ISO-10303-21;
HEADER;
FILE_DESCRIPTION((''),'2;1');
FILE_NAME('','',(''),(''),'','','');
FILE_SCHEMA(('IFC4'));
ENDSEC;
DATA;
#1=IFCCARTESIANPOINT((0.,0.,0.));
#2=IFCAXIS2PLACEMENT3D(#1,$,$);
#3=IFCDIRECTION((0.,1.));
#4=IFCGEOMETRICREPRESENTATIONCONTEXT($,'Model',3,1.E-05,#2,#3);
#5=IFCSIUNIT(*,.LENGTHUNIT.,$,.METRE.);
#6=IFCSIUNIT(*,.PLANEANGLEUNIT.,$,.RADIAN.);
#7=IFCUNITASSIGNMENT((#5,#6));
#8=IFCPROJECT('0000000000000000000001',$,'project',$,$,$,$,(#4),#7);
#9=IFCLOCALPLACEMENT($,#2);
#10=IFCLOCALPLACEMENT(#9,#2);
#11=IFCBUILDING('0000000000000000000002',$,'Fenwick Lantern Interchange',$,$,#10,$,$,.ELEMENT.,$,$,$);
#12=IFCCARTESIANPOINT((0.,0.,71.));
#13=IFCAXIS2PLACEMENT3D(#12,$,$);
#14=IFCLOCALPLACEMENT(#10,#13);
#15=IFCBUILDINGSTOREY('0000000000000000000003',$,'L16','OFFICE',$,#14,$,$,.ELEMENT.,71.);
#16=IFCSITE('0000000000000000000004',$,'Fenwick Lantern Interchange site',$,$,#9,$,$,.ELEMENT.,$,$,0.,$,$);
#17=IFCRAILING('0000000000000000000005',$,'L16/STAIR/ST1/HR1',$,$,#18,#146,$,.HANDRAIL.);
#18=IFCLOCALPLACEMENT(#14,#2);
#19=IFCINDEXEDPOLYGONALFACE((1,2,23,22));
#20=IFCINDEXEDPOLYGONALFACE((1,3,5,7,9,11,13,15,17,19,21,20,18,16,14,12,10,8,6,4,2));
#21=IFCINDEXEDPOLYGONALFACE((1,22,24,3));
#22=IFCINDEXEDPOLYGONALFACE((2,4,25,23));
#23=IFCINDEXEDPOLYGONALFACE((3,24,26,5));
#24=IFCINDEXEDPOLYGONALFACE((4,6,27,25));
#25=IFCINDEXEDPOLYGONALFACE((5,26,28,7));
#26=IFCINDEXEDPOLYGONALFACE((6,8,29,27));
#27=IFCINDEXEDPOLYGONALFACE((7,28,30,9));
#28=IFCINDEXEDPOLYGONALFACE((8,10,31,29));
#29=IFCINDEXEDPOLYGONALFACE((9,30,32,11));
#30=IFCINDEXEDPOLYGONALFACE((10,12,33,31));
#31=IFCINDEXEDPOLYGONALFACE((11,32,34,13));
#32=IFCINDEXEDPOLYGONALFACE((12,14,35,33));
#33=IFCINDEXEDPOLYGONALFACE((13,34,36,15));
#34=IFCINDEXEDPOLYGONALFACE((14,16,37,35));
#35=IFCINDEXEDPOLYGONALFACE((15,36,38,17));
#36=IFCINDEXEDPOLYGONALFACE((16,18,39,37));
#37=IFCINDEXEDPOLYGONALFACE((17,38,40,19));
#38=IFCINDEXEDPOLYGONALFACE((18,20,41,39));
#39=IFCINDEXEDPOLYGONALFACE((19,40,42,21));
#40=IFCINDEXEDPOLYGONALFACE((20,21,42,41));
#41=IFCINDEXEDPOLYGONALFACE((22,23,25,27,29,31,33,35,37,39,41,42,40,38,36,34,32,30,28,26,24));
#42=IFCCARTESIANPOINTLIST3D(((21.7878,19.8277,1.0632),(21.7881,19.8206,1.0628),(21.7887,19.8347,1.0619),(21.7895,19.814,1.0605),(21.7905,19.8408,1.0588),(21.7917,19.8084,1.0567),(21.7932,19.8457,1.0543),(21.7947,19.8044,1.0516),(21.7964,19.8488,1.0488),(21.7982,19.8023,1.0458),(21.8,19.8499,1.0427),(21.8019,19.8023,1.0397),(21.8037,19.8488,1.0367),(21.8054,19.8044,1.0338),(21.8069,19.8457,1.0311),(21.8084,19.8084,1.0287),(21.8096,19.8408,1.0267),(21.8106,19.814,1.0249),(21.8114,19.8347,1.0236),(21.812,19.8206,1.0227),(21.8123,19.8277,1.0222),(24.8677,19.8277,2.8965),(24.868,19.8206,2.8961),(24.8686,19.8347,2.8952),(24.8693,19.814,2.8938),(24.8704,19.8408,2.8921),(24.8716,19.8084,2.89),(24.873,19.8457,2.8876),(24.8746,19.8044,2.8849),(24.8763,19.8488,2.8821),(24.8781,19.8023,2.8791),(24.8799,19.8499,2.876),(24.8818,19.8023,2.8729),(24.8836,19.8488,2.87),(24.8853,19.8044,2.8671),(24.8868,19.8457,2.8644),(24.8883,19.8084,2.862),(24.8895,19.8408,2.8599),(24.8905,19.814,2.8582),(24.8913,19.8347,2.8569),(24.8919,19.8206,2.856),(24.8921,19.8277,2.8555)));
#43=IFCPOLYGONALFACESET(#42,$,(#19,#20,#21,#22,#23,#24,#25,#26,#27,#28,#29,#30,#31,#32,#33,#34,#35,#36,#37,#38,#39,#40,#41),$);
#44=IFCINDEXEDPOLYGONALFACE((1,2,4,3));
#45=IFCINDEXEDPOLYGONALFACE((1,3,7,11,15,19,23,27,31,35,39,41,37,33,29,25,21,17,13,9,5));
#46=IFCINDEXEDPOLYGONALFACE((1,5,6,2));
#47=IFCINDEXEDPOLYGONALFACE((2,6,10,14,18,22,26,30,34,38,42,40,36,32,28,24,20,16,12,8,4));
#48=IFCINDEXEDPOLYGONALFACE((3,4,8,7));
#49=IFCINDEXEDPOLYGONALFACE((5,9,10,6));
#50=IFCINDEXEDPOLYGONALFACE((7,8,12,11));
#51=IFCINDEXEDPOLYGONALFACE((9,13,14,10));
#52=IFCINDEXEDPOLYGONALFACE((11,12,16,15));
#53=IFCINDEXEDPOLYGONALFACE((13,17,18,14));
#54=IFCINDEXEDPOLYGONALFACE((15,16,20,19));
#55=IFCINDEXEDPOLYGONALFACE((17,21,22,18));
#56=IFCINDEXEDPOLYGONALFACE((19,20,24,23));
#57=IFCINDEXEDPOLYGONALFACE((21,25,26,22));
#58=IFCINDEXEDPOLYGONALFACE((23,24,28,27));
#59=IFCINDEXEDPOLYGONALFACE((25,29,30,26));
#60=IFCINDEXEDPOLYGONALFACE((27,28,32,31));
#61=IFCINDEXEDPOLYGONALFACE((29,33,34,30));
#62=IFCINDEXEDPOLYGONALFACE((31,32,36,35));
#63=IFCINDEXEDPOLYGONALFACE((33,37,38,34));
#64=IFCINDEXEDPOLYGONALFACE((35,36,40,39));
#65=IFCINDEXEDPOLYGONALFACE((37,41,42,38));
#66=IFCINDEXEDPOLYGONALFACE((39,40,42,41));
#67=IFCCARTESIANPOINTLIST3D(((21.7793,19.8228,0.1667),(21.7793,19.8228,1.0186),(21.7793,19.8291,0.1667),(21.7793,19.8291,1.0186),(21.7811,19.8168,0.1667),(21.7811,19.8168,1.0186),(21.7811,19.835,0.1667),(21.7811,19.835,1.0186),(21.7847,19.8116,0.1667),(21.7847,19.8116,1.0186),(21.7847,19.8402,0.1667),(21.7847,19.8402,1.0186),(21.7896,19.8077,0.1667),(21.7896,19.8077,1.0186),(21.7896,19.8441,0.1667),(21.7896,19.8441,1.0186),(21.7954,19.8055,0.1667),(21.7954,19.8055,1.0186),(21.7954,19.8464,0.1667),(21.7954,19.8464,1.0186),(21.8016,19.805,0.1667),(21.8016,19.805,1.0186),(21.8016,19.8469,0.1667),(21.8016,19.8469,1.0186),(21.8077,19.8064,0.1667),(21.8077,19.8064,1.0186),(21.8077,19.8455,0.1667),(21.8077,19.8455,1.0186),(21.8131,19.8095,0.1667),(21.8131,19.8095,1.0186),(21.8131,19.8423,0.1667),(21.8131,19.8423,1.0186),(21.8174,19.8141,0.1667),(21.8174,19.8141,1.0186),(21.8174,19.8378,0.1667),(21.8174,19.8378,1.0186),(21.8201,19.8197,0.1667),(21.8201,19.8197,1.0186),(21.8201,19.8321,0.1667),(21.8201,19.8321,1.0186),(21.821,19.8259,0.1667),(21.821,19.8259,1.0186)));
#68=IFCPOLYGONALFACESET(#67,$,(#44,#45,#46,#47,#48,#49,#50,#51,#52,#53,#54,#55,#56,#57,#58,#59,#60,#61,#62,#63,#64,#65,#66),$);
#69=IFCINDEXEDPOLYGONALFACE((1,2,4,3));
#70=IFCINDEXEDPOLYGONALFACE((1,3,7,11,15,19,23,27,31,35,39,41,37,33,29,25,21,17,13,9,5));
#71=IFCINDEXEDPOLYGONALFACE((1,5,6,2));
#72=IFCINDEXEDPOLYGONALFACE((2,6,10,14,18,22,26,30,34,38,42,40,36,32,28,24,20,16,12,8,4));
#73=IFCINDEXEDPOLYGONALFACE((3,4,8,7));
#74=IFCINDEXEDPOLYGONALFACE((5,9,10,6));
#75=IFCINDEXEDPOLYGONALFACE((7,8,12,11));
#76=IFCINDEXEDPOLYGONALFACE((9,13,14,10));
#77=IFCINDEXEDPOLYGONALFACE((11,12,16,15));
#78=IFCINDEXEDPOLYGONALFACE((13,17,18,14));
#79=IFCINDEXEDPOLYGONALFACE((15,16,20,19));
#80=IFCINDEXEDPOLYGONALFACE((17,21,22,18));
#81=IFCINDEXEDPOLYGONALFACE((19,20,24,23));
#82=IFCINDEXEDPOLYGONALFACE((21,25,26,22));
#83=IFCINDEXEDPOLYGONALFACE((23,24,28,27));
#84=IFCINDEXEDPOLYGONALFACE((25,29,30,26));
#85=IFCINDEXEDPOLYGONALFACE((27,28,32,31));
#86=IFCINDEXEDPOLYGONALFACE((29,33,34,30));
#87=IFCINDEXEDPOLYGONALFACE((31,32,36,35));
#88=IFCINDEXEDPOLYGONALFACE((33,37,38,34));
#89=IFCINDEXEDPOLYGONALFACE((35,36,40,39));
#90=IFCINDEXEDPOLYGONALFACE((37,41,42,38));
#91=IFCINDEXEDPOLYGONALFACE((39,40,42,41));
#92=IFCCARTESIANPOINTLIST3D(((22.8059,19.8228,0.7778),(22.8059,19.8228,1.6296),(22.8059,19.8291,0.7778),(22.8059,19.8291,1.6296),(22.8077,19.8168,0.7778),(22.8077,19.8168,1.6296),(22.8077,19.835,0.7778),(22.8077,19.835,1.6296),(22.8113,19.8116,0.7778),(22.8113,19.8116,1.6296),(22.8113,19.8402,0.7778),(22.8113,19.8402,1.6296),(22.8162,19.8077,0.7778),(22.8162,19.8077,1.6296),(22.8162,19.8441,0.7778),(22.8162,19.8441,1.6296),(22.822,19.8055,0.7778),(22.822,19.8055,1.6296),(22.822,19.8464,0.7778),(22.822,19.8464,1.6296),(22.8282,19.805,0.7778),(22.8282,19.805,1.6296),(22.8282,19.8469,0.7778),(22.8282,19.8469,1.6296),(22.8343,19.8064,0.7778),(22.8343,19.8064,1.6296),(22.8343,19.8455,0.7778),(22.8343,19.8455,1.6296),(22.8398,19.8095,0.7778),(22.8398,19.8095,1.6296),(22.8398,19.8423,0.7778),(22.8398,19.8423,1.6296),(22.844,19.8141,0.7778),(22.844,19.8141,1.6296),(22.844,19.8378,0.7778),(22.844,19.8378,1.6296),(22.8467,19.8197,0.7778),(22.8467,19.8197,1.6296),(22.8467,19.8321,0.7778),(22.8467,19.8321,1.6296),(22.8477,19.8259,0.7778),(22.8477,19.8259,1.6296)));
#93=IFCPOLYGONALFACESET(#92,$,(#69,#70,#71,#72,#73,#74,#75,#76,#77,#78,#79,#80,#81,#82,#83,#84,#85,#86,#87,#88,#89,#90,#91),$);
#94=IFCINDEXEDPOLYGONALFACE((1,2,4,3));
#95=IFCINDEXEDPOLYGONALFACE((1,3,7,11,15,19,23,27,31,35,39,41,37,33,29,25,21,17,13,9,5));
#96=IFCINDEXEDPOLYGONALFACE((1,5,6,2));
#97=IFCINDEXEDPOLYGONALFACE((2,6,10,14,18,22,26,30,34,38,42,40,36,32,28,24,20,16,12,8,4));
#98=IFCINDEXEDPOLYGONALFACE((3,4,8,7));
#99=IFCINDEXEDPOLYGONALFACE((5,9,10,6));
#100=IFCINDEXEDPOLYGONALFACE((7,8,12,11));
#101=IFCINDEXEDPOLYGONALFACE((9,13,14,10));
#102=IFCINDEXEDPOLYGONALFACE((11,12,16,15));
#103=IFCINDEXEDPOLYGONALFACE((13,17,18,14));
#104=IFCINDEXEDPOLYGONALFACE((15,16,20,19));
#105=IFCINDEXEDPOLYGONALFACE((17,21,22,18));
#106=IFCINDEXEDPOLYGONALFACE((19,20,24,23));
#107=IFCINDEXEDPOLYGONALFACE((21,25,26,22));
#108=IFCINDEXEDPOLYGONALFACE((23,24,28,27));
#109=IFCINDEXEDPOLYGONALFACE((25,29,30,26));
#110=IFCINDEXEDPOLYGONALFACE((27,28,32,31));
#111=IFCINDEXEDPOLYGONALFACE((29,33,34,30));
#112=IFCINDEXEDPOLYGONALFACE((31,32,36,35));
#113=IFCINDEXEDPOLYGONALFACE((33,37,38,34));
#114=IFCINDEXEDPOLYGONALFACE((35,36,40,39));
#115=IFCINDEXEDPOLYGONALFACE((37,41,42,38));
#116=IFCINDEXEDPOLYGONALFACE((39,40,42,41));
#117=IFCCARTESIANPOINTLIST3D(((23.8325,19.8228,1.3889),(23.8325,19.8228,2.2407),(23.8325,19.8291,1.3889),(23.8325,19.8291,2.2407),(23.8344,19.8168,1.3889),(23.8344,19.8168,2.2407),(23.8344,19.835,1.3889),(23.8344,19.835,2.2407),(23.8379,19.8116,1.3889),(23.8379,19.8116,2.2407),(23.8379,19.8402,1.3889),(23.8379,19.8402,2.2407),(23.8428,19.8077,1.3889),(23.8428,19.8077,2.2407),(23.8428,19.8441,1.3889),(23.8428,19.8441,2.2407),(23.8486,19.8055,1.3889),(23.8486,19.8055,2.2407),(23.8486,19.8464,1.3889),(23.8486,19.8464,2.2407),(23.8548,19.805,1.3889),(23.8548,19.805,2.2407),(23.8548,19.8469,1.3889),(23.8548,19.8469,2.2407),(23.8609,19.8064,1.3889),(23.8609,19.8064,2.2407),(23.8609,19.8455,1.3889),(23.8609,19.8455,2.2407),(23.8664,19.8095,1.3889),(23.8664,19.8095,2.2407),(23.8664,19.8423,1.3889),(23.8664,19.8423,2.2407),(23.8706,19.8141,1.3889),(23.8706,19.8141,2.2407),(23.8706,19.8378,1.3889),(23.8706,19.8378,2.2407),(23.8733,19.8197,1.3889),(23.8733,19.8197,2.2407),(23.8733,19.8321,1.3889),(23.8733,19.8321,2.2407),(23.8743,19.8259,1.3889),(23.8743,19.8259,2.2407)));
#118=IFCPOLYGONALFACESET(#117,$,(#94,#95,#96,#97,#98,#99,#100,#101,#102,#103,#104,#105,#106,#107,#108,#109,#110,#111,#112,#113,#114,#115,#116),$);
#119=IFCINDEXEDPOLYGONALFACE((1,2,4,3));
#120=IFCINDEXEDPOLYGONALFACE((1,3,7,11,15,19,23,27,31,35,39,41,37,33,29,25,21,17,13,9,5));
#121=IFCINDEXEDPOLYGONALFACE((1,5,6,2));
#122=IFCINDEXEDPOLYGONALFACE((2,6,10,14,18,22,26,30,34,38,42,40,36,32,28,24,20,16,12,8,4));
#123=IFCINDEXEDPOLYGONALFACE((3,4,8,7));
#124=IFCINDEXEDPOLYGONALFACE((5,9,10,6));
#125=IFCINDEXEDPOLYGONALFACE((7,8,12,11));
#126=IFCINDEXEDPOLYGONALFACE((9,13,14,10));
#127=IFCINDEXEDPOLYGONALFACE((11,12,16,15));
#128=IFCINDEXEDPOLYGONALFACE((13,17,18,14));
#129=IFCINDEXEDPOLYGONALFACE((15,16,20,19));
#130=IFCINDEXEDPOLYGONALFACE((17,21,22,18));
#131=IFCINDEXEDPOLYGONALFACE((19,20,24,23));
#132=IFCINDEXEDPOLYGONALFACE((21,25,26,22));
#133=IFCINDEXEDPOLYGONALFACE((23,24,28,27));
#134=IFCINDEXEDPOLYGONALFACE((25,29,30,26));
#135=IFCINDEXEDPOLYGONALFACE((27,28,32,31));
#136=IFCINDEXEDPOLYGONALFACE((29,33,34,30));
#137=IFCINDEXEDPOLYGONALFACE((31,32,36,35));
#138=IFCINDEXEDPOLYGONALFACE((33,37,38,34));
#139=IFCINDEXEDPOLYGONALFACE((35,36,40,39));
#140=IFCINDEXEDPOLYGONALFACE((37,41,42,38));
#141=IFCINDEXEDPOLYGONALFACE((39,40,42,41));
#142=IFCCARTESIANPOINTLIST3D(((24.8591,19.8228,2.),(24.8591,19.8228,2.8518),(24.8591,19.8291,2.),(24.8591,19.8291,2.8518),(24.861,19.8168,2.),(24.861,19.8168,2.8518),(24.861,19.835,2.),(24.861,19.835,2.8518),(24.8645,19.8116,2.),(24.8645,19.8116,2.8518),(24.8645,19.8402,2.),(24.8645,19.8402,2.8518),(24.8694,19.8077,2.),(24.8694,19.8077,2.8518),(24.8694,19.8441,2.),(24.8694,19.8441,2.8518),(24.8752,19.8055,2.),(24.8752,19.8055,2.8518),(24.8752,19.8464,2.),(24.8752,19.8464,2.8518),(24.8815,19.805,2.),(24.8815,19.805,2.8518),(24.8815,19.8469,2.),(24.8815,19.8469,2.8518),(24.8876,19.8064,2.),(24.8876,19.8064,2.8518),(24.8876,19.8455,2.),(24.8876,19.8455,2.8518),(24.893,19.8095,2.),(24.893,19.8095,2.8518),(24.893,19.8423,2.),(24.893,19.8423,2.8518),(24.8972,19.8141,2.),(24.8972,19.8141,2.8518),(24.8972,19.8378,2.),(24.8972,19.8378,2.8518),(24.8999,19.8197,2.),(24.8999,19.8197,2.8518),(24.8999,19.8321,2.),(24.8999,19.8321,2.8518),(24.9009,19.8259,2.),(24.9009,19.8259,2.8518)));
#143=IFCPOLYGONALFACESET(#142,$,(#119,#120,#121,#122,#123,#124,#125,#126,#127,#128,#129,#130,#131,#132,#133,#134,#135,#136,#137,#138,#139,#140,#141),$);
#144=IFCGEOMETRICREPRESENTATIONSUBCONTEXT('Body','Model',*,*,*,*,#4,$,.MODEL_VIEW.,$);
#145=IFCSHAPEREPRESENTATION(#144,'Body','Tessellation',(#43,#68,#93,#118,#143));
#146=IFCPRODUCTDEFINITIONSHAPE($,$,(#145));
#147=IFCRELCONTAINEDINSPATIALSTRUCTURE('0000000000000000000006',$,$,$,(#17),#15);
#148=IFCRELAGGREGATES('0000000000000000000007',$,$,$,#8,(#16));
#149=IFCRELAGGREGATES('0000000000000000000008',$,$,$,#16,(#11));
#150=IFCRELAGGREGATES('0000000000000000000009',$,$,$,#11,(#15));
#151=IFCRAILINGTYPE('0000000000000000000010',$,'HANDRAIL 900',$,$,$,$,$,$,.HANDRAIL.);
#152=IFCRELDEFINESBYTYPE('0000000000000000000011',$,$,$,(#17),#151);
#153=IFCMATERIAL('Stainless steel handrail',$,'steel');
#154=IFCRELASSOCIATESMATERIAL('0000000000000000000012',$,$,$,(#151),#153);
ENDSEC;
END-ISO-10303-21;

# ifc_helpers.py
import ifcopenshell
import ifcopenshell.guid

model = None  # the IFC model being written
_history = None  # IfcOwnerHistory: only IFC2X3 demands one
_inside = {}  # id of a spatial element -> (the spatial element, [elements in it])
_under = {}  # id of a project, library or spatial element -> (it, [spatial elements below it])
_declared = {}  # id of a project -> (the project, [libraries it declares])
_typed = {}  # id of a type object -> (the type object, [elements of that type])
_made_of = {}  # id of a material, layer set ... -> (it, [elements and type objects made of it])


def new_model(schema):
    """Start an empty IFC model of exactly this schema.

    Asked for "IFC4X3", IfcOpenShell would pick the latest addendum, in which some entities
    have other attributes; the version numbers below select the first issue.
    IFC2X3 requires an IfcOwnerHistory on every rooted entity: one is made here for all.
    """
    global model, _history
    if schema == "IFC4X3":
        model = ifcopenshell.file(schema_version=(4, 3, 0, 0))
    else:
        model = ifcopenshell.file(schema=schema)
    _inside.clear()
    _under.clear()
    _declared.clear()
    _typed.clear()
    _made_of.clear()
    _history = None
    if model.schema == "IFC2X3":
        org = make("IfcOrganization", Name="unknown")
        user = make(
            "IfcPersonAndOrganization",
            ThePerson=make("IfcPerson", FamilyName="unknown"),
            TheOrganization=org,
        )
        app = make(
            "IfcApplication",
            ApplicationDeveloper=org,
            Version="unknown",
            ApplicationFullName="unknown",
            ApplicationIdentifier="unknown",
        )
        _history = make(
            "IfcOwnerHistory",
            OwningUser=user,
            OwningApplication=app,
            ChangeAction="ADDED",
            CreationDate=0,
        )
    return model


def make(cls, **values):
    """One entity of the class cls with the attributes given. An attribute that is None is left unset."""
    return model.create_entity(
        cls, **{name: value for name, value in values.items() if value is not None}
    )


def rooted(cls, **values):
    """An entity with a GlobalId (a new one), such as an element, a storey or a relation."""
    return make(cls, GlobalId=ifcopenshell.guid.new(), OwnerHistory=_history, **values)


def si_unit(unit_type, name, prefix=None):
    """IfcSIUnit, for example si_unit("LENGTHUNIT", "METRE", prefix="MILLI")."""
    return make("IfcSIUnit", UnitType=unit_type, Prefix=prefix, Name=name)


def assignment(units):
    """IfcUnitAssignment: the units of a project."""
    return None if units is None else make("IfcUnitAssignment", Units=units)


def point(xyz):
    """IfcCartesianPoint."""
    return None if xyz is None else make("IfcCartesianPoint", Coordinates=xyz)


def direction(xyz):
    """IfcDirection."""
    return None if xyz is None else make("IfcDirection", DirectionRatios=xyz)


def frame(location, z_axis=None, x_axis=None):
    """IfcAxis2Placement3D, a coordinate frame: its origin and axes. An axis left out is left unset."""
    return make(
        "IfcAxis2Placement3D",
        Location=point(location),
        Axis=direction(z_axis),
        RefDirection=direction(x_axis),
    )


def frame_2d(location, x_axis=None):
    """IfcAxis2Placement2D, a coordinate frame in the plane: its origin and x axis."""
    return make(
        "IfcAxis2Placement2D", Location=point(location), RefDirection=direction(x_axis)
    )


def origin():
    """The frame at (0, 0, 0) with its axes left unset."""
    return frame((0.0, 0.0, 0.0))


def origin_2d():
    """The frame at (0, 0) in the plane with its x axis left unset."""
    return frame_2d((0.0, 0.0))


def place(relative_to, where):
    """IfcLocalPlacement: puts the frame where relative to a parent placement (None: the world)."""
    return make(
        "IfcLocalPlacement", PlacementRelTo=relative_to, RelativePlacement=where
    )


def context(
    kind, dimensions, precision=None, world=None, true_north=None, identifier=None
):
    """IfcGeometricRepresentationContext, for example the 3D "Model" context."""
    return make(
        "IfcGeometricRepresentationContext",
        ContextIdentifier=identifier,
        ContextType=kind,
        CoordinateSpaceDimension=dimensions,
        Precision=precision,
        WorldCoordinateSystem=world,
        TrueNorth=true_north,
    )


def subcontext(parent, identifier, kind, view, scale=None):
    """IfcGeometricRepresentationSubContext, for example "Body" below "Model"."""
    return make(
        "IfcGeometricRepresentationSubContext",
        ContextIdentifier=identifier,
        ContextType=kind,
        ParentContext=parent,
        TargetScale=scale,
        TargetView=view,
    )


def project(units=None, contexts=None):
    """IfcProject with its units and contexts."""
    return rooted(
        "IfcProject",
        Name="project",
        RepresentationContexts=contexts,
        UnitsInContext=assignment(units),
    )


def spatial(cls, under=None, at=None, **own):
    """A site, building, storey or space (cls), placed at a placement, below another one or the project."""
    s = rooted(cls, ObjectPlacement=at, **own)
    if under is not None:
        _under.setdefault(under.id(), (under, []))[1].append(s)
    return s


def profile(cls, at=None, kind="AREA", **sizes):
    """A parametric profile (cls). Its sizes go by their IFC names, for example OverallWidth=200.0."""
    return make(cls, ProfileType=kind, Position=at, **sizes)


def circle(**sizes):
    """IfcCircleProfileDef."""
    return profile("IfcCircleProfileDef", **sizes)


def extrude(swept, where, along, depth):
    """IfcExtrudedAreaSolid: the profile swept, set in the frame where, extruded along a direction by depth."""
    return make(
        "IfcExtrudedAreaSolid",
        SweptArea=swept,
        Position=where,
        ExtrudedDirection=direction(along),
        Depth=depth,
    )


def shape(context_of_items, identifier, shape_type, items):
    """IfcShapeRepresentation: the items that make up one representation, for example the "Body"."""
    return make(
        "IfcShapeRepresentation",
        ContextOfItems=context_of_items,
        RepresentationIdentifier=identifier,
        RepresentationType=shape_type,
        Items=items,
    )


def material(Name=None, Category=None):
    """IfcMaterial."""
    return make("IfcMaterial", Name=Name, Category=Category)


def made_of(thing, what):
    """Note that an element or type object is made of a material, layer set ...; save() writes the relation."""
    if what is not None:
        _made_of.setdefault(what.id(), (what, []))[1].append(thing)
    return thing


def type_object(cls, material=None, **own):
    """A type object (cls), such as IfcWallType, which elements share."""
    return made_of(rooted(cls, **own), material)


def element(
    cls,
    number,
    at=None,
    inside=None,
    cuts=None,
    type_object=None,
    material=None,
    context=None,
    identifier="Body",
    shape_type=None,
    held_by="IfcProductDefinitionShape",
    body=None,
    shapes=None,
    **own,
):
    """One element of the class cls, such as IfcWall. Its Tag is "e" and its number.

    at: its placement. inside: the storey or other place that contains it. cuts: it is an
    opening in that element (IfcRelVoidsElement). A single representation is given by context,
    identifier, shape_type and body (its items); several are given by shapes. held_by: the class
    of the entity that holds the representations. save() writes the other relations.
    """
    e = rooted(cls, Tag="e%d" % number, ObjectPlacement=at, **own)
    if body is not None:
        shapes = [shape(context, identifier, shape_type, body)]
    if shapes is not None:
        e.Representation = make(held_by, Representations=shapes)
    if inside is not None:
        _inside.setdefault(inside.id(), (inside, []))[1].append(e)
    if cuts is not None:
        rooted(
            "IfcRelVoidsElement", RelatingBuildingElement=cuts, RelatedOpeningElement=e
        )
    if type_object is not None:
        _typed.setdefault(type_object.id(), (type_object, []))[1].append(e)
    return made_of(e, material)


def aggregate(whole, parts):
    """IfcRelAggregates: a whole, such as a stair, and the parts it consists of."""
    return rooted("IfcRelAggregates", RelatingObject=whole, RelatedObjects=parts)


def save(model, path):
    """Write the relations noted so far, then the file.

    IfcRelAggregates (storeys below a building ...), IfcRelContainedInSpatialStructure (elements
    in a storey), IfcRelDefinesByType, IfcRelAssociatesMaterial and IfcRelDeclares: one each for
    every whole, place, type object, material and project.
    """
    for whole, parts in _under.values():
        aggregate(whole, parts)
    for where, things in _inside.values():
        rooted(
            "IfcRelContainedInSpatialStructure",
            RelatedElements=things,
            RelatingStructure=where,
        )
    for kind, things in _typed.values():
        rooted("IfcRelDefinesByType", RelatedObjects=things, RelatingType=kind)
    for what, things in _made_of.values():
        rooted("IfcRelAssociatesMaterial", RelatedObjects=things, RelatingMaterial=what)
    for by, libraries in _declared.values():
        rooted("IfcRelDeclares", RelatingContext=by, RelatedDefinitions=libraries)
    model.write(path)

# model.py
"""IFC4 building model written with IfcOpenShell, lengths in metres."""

from ifc_helpers import new_model, si_unit, direction, frame, origin, origin_2d, place, context, subcontext, project, spatial, circle, extrude, material, type_object, element, save


model = new_model("IFC4")

# Units and contexts
model_context = context("Model", 3, precision=1e-05, world=origin(), true_north=direction((0.0, 1.0)))
body_context = subcontext(model_context, "Body", "Model", "MODEL_VIEW")
ifc_project = project(units=[si_unit("LENGTHUNIT", "METRE"), si_unit("PLANEANGLEUNIT", "RADIAN")], contexts=[model_context])

# Site, building, storey
site_placement = place(None, origin())
site = spatial("IfcSite", under=ifc_project, at=site_placement, Name="Fenwick Lantern Interchange site", CompositionType="ELEMENT", RefElevation=0.0)
building_placement = place(site_placement, origin())
building = spatial("IfcBuilding", under=site, at=building_placement, Name="Fenwick Lantern Interchange", CompositionType="ELEMENT")
storey_placement = place(building_placement, frame((0.0, 0.0, 71.0)))
storey = spatial("IfcBuildingStorey", under=building, at=storey_placement, Name="L16", Description="OFFICE", CompositionType="ELEMENT", Elevation=71.0)

# Railing
ifc_material_1 = material(Name="Stainless steel handrail", Category="steel")
railing_type = type_object("IfcRailingType", Name="HANDRAIL 900", PredefinedType="HANDRAIL", material=ifc_material_1)
railing_1_placement = place(storey_placement, frame((21.8, 19.8259, 0.1667)))
element("IfcRailing", 1, at=railing_1_placement, inside=storey, type_object=railing_type, Name="L16/STAIR/ST1/HR1", PredefinedType="HANDRAIL", context=body_context, shape_type="SweptSolid", body=[
    extrude(circle(Radius=0.0239, at=origin_2d()), frame((0.0, 0.0, 0.876), z_axis=(0.859291, 0.0, 0.511487), x_axis=(0.0, 1.0, 0.0)), (0.0, 0.0, 1.0), 3.5842),
    extrude(circle(Radius=0.021, at=origin_2d()), origin(), (0.0, 0.0, 1.0), 0.8518),
    extrude(circle(Radius=0.021, at=origin_2d()), frame((1.0266, 0.0, 0.6111)), (0.0, 0.0, 1.0), 0.8518),
    extrude(circle(Radius=0.021, at=origin_2d()), frame((2.0532, 0.0, 1.2222)), (0.0, 0.0, 1.0), 0.8518),
    extrude(circle(Radius=0.021, at=origin_2d()), frame((3.0798, 0.0, 1.8333)), (0.0, 0.0, 1.0), 0.8518),
])

save(model, "model.ifc")
